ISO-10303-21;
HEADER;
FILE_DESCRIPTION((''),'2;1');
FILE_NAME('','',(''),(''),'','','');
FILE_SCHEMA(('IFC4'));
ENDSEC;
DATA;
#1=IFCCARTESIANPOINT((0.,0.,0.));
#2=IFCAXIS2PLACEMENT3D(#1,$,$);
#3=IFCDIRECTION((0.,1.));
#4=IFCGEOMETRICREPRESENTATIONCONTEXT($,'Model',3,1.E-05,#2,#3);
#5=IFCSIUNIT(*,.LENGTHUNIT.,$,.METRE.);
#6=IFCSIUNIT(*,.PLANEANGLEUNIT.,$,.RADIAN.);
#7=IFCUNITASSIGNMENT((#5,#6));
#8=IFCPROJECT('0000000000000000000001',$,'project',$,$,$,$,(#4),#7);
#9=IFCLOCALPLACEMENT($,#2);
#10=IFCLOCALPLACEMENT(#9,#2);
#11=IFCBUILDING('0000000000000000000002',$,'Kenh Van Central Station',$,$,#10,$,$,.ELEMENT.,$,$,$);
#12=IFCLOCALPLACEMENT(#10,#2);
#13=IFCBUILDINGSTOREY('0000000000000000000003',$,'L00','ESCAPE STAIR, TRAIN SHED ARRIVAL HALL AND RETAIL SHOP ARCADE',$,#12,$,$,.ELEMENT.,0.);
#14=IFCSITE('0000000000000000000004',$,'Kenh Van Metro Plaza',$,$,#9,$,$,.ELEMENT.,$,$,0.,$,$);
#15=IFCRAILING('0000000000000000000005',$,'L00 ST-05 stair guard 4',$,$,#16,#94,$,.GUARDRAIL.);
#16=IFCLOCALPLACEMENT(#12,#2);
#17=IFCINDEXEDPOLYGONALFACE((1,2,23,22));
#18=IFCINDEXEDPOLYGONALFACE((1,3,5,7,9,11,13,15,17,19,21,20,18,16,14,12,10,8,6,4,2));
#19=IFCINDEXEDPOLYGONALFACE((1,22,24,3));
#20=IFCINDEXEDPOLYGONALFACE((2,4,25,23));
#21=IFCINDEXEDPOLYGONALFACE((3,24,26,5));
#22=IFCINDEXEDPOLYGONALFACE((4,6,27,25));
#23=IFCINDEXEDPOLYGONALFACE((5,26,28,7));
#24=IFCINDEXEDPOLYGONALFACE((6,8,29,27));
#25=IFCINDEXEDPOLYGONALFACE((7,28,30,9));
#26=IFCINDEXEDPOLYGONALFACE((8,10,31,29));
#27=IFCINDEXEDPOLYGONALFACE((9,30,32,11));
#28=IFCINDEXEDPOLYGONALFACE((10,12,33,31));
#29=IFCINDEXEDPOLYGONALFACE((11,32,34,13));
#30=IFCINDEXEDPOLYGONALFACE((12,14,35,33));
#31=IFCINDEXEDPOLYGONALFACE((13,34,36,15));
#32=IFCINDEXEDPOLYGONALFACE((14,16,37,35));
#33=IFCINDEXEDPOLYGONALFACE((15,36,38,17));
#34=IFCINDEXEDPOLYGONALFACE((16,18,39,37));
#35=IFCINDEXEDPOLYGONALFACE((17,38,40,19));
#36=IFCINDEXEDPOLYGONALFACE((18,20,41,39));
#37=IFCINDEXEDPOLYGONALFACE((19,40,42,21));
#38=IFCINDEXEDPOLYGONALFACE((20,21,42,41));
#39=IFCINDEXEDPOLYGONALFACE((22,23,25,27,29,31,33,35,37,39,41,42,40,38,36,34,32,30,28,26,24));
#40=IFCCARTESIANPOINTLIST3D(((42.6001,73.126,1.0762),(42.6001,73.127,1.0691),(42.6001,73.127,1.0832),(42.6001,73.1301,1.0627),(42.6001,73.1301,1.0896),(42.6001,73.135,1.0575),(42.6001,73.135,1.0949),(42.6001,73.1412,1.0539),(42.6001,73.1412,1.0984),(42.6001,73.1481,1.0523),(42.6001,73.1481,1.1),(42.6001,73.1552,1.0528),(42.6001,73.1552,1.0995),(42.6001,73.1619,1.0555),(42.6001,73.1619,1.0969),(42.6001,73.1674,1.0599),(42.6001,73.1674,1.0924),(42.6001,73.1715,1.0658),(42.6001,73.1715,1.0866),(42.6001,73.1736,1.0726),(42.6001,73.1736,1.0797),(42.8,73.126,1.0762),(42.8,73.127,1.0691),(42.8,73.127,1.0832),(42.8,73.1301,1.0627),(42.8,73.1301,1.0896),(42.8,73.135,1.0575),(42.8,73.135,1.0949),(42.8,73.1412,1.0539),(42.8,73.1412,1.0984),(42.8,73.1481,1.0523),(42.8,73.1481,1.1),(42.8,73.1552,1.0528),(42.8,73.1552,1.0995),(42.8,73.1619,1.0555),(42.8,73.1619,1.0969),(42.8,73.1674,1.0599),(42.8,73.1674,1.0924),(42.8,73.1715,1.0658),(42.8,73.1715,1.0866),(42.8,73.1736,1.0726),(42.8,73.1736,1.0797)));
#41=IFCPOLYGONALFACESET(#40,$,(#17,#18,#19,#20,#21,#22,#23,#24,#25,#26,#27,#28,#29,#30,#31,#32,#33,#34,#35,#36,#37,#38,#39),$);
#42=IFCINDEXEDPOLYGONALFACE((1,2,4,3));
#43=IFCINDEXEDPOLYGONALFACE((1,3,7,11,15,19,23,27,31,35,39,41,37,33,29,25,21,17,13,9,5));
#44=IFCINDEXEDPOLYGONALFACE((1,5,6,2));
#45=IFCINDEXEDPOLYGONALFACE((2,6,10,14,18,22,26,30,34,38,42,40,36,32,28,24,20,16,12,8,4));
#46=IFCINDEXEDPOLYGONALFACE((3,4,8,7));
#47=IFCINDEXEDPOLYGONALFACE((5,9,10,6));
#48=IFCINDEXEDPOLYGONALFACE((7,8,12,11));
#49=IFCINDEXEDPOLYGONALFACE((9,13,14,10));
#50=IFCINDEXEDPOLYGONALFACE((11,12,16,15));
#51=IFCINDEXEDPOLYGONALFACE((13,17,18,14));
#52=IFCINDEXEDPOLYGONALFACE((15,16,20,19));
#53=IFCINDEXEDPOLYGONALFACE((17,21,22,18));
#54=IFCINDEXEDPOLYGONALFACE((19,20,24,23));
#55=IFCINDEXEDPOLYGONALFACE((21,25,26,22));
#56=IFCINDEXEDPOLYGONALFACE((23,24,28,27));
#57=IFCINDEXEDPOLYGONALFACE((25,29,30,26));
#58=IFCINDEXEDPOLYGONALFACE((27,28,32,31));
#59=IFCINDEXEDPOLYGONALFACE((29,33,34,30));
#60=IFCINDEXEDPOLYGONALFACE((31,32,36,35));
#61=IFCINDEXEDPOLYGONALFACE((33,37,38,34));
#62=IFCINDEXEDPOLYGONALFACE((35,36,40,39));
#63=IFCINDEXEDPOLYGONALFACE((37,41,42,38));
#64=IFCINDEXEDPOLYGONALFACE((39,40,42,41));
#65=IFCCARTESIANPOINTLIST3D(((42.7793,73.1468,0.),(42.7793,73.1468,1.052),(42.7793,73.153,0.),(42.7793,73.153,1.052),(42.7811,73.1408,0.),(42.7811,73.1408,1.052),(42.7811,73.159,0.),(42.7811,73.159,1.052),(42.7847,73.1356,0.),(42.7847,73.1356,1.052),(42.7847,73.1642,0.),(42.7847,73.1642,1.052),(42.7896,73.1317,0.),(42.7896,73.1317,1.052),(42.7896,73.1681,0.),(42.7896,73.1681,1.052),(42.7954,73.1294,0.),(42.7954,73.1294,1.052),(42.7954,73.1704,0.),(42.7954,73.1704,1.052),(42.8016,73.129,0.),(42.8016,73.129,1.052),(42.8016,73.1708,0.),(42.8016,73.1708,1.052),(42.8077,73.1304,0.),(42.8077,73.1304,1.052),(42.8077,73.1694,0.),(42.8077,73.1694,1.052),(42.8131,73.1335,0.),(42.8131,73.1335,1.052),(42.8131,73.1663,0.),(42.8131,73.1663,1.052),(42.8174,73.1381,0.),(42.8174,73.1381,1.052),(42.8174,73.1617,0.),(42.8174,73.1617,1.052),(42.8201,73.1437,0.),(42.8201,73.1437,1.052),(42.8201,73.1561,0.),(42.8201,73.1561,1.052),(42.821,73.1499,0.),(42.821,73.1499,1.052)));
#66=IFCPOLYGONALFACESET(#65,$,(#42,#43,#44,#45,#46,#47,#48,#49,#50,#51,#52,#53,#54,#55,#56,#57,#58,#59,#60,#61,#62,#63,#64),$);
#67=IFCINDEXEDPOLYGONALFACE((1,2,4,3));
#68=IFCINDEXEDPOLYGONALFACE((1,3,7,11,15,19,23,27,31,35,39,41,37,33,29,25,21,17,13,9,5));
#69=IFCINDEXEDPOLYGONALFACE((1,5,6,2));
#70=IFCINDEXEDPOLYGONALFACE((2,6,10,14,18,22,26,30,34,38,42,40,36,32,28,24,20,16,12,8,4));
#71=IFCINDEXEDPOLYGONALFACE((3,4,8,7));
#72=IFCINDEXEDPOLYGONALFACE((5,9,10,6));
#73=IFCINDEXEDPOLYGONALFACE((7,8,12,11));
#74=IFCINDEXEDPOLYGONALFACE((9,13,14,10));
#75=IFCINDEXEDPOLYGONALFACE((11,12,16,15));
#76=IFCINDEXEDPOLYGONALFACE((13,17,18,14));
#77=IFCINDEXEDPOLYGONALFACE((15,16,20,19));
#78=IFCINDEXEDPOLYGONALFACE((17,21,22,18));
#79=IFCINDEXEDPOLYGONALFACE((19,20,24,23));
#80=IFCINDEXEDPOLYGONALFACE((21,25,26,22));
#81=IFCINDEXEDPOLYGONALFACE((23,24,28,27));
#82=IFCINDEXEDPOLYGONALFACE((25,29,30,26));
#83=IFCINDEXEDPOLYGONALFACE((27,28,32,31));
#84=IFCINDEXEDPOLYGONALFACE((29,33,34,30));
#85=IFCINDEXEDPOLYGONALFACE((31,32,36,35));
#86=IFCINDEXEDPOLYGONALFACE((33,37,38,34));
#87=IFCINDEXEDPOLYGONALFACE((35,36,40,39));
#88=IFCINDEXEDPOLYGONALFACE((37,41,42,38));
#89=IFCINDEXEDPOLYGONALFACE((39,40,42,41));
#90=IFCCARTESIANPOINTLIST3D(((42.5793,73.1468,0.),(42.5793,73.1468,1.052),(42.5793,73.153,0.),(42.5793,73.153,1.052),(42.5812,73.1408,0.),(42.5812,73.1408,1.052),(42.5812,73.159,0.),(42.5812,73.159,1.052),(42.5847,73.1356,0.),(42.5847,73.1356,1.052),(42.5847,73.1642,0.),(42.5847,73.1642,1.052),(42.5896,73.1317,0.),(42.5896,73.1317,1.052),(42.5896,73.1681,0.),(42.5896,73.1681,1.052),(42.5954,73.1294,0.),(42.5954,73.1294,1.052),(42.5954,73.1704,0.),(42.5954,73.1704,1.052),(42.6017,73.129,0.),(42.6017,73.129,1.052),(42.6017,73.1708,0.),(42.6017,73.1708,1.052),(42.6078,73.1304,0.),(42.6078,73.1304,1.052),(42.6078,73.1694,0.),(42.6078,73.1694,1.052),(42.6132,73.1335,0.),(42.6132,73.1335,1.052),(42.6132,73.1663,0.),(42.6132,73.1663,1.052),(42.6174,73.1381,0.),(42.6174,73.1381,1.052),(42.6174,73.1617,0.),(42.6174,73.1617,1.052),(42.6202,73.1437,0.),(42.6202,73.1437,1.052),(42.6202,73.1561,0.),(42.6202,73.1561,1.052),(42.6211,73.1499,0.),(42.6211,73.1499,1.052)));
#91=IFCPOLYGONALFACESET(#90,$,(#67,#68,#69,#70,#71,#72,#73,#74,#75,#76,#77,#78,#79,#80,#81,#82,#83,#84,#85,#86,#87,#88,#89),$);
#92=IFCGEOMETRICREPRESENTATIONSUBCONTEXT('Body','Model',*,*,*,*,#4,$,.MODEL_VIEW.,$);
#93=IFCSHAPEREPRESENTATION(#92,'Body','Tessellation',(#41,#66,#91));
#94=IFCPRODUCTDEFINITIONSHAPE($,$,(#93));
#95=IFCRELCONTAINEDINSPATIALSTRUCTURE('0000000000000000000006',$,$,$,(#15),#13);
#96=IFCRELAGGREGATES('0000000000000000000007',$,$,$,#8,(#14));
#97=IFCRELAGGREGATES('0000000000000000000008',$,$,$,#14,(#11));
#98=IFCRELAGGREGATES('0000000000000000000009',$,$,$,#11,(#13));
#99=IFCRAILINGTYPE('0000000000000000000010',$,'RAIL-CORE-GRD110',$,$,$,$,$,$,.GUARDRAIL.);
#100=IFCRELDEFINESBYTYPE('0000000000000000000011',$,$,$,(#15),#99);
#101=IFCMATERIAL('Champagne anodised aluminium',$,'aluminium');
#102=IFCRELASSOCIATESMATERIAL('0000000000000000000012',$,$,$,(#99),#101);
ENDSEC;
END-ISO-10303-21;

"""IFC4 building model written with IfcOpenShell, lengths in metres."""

from ifc_helpers import new_model, si_unit, direction, frame, origin, origin_2d, place, context, subcontext, project, spatial, circle, extrude, material, type_object, element, save


model = new_model("IFC4")

# Units and contexts
model_context = context("Model", 3, precision=1e-05, world=origin(), true_north=direction((0.0, 1.0)))
body_context = subcontext(model_context, "Body", "Model", "MODEL_VIEW")
ifc_project = project(units=[si_unit("LENGTHUNIT", "METRE"), si_unit("PLANEANGLEUNIT", "RADIAN")], contexts=[model_context])

# Site, building, storey
site_placement = place(None, origin())
site = spatial("IfcSite", under=ifc_project, at=site_placement, Name="Kenh Van Metro Plaza", CompositionType="ELEMENT", RefElevation=0.0)
building_placement = place(site_placement, origin())
building = spatial("IfcBuilding", under=site, at=building_placement, Name="Kenh Van Central Station", CompositionType="ELEMENT")
storey_placement = place(building_placement, origin())
storey = spatial("IfcBuildingStorey", under=building, at=storey_placement, Name="L00", Description="ESCAPE STAIR, TRAIN SHED ARRIVAL HALL AND RETAIL SHOP ARCADE", CompositionType="ELEMENT", Elevation=0.0)

# Shared definitions
ifc_material_1 = material(Name="Champagne anodised aluminium", Category="aluminium")

# Railing
railing_type_1 = type_object("IfcRailingType", Name="RAIL-CORE-GRD110", PredefinedType="GUARDRAIL", material=ifc_material_1)
railing_1_placement = place(storey_placement, frame((42.8, 73.1499, 0.0)))
element("IfcRailing", 1, at=railing_1_placement, inside=storey, type_object=railing_type_1, Name="L00 ST-05 stair guard 4", PredefinedType="GUARDRAIL", context=body_context, shape_type="SweptSolid", body=[
    extrude(circle(Radius=0.0239, at=origin_2d()), frame((0.0, 0.0, 1.0762), z_axis=(-1.0, 0.0, 0.0), x_axis=(0.0, -1.0, 0.0)), (0.0, 0.0, 1.0), 0.2),
    extrude(circle(Radius=0.021, at=origin_2d()), origin(), (0.0, 0.0, 1.0), 1.052),
    extrude(circle(Radius=0.021, at=origin_2d()), frame((-0.2, 0.0, 0.0)), (0.0, 0.0, 1.0), 1.052),
])

save(model, "model.ifc")
